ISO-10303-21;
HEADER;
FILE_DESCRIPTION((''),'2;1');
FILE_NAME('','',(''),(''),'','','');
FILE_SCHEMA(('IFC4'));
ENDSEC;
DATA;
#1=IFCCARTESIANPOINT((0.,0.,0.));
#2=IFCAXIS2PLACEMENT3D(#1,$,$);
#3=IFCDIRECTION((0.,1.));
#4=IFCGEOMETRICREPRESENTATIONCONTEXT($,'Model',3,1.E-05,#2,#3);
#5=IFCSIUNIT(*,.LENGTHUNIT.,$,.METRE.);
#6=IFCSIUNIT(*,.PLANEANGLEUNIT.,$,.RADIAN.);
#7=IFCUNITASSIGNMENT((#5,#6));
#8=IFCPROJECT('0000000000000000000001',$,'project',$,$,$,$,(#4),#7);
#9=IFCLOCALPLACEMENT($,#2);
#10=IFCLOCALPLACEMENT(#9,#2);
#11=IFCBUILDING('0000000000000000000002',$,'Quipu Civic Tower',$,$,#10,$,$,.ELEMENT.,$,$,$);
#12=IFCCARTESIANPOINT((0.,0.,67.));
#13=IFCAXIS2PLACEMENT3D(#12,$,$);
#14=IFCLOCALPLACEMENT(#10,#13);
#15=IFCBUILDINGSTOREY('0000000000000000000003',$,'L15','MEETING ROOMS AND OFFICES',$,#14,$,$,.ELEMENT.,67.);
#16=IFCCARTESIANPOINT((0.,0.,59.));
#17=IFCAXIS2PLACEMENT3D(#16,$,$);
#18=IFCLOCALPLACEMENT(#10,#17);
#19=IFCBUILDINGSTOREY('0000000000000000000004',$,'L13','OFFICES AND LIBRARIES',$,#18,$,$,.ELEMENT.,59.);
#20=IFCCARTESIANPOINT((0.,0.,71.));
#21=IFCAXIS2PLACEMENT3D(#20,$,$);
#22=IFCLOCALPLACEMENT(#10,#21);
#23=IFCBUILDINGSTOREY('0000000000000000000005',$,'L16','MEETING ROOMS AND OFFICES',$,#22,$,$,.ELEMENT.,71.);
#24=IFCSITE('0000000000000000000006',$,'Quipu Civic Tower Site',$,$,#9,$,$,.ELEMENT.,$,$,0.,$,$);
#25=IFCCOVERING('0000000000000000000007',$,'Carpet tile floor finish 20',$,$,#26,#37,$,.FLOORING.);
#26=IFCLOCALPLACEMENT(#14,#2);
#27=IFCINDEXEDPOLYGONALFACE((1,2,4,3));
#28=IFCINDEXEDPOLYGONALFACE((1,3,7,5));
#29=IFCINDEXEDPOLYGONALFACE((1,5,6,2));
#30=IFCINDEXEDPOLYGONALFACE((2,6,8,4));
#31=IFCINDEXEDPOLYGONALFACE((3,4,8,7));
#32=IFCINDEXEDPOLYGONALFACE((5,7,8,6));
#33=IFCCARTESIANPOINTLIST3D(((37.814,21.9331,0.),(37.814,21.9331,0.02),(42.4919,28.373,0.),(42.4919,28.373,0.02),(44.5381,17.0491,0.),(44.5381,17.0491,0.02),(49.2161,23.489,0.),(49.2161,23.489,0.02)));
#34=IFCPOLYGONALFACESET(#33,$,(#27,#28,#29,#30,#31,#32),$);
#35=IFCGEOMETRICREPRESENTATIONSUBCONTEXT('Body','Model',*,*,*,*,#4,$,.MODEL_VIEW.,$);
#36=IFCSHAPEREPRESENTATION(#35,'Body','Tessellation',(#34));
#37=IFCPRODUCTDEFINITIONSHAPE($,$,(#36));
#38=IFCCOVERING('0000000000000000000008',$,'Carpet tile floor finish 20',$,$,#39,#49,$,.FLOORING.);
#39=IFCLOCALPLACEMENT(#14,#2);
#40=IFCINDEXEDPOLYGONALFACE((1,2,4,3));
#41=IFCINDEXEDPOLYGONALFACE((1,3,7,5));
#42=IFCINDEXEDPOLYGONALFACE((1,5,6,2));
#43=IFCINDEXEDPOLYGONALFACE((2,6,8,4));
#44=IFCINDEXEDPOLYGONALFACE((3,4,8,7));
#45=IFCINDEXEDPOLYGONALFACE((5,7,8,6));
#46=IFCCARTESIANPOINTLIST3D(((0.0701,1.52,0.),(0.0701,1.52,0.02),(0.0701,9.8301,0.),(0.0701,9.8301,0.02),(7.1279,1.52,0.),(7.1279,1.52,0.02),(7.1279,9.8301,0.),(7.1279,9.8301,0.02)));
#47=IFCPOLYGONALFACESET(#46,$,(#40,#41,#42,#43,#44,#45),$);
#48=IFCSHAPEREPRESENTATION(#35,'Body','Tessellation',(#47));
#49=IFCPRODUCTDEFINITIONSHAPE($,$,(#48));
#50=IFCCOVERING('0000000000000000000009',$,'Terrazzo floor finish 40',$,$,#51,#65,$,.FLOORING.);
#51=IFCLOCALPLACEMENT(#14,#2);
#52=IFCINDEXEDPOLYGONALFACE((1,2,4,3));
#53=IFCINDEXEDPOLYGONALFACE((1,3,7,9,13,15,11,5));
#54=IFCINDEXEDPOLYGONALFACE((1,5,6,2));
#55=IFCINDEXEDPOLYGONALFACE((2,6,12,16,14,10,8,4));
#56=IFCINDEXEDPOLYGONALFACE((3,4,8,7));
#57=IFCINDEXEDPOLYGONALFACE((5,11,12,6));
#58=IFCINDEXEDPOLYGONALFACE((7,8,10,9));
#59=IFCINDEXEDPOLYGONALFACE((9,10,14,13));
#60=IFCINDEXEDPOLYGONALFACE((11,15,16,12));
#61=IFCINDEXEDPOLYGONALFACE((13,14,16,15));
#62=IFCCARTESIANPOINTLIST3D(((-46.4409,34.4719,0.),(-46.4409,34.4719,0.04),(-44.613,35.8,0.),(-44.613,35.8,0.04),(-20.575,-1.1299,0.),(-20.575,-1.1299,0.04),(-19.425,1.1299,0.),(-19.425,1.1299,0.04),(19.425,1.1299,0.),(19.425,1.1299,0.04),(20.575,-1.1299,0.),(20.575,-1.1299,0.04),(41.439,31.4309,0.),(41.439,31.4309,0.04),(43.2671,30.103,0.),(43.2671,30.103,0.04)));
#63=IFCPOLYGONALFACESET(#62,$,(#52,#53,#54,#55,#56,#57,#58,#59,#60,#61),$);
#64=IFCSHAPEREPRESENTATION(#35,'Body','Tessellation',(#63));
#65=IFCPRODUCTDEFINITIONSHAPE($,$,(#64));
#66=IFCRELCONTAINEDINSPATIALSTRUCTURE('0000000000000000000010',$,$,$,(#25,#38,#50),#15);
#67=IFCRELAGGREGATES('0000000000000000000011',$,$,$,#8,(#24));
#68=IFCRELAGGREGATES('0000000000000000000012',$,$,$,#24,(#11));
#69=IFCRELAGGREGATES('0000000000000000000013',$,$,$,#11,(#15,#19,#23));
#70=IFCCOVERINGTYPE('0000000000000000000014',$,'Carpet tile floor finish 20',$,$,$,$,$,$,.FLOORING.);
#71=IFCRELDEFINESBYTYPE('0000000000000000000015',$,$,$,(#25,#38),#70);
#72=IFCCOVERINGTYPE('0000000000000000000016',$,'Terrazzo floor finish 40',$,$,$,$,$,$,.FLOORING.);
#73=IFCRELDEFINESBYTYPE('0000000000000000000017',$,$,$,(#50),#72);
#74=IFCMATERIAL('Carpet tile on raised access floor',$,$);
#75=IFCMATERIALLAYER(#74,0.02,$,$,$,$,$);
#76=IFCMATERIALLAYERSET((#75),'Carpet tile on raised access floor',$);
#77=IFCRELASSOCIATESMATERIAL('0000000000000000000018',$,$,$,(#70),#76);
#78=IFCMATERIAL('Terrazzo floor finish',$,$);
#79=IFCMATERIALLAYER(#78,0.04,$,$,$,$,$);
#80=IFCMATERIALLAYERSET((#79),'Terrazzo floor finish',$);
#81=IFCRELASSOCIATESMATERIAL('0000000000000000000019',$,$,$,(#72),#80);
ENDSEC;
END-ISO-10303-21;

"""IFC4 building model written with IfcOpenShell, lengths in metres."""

from ifc_helpers import new_model, si_unit, direction, frame, origin, place, context, subcontext, project, spatial, polyline, outline, extrude, material, layer, layer_set, type_object, element, save


model = new_model("IFC4")

# Units and contexts
model_context = context("Model", 3, precision=1e-05, world=origin(), true_north=direction((0.0, 1.0)))
body_context = subcontext(model_context, "Body", "Model", "MODEL_VIEW")
ifc_project = project(units=[si_unit("LENGTHUNIT", "METRE"), si_unit("PLANEANGLEUNIT", "RADIAN")], contexts=[model_context])

# Site, building, storey
site_placement = place(None, origin())
site = spatial("IfcSite", under=ifc_project, at=site_placement, Name="Quipu Civic Tower Site", CompositionType="ELEMENT", RefElevation=0.0)
building_placement = place(site_placement, origin())
building = spatial("IfcBuilding", under=site, at=building_placement, Name="Quipu Civic Tower", CompositionType="ELEMENT")
storey_1_placement = place(building_placement, frame((0.0, 0.0, 67.0)))
storey_1 = spatial("IfcBuildingStorey", under=building, at=storey_1_placement, Name="L15", Description="MEETING ROOMS AND OFFICES", CompositionType="ELEMENT", Elevation=67.0)

# Shared definitions
storey_2_placement = place(building_placement, frame((0.0, 0.0, 59.0)))
storey_2 = spatial("IfcBuildingStorey", under=building, at=storey_2_placement, Name="L13", Description="OFFICES AND LIBRARIES", CompositionType="ELEMENT", Elevation=59.0)

# Shared definitions
storey_3_placement = place(building_placement, frame((0.0, 0.0, 71.0)))
storey_3 = spatial("IfcBuildingStorey", under=building, at=storey_3_placement, Name="L16", Description="MEETING ROOMS AND OFFICES", CompositionType="ELEMENT", Elevation=71.0)

# Coverings
ifc_material_1 = material(Name="Carpet tile on raised access floor")
ifc_layer_1 = layer(ifc_material_1, 0.02)
ifc_layer_set_1 = layer_set([ifc_layer_1], Name="Carpet tile on raised access floor")
covering_type_1 = type_object("IfcCoveringType", Name="Carpet tile floor finish 20", PredefinedType="FLOORING", material=ifc_layer_set_1)
covering_1_placement = place(storey_1_placement, origin())
element("IfcCovering", 1, at=covering_1_placement, inside=storey_1, type_object=covering_type_1, Name="Carpet tile floor finish 20", PredefinedType="FLOORING", context=body_context, shape_type="SweptSolid", body=[
    extrude(outline(polyline([(37.814, 21.9331), (42.4919, 28.373), (49.2161, 23.489), (44.5381, 17.0491), (37.814, 21.9331)])), origin(), (0.0, 0.0, 1.0), 0.02),
])
covering_2_placement = place(storey_1_placement, origin())
element("IfcCovering", 2, at=covering_2_placement, inside=storey_1, type_object=covering_type_1, Name="Carpet tile floor finish 20", PredefinedType="FLOORING", context=body_context, shape_type="SweptSolid", body=[
    extrude(outline(polyline([(0.0701, 9.8301), (7.1279, 9.8301), (7.1279, 1.52), (0.0701, 1.52), (0.0701, 9.8301)])), origin(), (0.0, 0.0, 1.0), 0.02),
])
ifc_material_2 = material(Name="Terrazzo floor finish")
ifc_layer_2 = layer(ifc_material_2, 0.04)
ifc_layer_set_2 = layer_set([ifc_layer_2], Name="Terrazzo floor finish")
covering_type_2 = type_object("IfcCoveringType", Name="Terrazzo floor finish 40", PredefinedType="FLOORING", material=ifc_layer_set_2)
covering_3_placement = place(storey_1_placement, origin())
element("IfcCovering", 3, at=covering_3_placement, inside=storey_1, type_object=covering_type_2, Name="Terrazzo floor finish 40", PredefinedType="FLOORING", context=body_context, shape_type="SweptSolid", body=[
    extrude(outline(polyline([(20.575, -1.1299), (-20.575, -1.1299), (-46.4409, 34.4719), (-44.613, 35.8), (-19.425, 1.1299), (19.425, 1.1299), (41.439, 31.4309), (43.2671, 30.103), (20.575, -1.1299)])), origin(), (0.0, 0.0, 1.0), 0.04),
])

save(model, "model.ifc")
